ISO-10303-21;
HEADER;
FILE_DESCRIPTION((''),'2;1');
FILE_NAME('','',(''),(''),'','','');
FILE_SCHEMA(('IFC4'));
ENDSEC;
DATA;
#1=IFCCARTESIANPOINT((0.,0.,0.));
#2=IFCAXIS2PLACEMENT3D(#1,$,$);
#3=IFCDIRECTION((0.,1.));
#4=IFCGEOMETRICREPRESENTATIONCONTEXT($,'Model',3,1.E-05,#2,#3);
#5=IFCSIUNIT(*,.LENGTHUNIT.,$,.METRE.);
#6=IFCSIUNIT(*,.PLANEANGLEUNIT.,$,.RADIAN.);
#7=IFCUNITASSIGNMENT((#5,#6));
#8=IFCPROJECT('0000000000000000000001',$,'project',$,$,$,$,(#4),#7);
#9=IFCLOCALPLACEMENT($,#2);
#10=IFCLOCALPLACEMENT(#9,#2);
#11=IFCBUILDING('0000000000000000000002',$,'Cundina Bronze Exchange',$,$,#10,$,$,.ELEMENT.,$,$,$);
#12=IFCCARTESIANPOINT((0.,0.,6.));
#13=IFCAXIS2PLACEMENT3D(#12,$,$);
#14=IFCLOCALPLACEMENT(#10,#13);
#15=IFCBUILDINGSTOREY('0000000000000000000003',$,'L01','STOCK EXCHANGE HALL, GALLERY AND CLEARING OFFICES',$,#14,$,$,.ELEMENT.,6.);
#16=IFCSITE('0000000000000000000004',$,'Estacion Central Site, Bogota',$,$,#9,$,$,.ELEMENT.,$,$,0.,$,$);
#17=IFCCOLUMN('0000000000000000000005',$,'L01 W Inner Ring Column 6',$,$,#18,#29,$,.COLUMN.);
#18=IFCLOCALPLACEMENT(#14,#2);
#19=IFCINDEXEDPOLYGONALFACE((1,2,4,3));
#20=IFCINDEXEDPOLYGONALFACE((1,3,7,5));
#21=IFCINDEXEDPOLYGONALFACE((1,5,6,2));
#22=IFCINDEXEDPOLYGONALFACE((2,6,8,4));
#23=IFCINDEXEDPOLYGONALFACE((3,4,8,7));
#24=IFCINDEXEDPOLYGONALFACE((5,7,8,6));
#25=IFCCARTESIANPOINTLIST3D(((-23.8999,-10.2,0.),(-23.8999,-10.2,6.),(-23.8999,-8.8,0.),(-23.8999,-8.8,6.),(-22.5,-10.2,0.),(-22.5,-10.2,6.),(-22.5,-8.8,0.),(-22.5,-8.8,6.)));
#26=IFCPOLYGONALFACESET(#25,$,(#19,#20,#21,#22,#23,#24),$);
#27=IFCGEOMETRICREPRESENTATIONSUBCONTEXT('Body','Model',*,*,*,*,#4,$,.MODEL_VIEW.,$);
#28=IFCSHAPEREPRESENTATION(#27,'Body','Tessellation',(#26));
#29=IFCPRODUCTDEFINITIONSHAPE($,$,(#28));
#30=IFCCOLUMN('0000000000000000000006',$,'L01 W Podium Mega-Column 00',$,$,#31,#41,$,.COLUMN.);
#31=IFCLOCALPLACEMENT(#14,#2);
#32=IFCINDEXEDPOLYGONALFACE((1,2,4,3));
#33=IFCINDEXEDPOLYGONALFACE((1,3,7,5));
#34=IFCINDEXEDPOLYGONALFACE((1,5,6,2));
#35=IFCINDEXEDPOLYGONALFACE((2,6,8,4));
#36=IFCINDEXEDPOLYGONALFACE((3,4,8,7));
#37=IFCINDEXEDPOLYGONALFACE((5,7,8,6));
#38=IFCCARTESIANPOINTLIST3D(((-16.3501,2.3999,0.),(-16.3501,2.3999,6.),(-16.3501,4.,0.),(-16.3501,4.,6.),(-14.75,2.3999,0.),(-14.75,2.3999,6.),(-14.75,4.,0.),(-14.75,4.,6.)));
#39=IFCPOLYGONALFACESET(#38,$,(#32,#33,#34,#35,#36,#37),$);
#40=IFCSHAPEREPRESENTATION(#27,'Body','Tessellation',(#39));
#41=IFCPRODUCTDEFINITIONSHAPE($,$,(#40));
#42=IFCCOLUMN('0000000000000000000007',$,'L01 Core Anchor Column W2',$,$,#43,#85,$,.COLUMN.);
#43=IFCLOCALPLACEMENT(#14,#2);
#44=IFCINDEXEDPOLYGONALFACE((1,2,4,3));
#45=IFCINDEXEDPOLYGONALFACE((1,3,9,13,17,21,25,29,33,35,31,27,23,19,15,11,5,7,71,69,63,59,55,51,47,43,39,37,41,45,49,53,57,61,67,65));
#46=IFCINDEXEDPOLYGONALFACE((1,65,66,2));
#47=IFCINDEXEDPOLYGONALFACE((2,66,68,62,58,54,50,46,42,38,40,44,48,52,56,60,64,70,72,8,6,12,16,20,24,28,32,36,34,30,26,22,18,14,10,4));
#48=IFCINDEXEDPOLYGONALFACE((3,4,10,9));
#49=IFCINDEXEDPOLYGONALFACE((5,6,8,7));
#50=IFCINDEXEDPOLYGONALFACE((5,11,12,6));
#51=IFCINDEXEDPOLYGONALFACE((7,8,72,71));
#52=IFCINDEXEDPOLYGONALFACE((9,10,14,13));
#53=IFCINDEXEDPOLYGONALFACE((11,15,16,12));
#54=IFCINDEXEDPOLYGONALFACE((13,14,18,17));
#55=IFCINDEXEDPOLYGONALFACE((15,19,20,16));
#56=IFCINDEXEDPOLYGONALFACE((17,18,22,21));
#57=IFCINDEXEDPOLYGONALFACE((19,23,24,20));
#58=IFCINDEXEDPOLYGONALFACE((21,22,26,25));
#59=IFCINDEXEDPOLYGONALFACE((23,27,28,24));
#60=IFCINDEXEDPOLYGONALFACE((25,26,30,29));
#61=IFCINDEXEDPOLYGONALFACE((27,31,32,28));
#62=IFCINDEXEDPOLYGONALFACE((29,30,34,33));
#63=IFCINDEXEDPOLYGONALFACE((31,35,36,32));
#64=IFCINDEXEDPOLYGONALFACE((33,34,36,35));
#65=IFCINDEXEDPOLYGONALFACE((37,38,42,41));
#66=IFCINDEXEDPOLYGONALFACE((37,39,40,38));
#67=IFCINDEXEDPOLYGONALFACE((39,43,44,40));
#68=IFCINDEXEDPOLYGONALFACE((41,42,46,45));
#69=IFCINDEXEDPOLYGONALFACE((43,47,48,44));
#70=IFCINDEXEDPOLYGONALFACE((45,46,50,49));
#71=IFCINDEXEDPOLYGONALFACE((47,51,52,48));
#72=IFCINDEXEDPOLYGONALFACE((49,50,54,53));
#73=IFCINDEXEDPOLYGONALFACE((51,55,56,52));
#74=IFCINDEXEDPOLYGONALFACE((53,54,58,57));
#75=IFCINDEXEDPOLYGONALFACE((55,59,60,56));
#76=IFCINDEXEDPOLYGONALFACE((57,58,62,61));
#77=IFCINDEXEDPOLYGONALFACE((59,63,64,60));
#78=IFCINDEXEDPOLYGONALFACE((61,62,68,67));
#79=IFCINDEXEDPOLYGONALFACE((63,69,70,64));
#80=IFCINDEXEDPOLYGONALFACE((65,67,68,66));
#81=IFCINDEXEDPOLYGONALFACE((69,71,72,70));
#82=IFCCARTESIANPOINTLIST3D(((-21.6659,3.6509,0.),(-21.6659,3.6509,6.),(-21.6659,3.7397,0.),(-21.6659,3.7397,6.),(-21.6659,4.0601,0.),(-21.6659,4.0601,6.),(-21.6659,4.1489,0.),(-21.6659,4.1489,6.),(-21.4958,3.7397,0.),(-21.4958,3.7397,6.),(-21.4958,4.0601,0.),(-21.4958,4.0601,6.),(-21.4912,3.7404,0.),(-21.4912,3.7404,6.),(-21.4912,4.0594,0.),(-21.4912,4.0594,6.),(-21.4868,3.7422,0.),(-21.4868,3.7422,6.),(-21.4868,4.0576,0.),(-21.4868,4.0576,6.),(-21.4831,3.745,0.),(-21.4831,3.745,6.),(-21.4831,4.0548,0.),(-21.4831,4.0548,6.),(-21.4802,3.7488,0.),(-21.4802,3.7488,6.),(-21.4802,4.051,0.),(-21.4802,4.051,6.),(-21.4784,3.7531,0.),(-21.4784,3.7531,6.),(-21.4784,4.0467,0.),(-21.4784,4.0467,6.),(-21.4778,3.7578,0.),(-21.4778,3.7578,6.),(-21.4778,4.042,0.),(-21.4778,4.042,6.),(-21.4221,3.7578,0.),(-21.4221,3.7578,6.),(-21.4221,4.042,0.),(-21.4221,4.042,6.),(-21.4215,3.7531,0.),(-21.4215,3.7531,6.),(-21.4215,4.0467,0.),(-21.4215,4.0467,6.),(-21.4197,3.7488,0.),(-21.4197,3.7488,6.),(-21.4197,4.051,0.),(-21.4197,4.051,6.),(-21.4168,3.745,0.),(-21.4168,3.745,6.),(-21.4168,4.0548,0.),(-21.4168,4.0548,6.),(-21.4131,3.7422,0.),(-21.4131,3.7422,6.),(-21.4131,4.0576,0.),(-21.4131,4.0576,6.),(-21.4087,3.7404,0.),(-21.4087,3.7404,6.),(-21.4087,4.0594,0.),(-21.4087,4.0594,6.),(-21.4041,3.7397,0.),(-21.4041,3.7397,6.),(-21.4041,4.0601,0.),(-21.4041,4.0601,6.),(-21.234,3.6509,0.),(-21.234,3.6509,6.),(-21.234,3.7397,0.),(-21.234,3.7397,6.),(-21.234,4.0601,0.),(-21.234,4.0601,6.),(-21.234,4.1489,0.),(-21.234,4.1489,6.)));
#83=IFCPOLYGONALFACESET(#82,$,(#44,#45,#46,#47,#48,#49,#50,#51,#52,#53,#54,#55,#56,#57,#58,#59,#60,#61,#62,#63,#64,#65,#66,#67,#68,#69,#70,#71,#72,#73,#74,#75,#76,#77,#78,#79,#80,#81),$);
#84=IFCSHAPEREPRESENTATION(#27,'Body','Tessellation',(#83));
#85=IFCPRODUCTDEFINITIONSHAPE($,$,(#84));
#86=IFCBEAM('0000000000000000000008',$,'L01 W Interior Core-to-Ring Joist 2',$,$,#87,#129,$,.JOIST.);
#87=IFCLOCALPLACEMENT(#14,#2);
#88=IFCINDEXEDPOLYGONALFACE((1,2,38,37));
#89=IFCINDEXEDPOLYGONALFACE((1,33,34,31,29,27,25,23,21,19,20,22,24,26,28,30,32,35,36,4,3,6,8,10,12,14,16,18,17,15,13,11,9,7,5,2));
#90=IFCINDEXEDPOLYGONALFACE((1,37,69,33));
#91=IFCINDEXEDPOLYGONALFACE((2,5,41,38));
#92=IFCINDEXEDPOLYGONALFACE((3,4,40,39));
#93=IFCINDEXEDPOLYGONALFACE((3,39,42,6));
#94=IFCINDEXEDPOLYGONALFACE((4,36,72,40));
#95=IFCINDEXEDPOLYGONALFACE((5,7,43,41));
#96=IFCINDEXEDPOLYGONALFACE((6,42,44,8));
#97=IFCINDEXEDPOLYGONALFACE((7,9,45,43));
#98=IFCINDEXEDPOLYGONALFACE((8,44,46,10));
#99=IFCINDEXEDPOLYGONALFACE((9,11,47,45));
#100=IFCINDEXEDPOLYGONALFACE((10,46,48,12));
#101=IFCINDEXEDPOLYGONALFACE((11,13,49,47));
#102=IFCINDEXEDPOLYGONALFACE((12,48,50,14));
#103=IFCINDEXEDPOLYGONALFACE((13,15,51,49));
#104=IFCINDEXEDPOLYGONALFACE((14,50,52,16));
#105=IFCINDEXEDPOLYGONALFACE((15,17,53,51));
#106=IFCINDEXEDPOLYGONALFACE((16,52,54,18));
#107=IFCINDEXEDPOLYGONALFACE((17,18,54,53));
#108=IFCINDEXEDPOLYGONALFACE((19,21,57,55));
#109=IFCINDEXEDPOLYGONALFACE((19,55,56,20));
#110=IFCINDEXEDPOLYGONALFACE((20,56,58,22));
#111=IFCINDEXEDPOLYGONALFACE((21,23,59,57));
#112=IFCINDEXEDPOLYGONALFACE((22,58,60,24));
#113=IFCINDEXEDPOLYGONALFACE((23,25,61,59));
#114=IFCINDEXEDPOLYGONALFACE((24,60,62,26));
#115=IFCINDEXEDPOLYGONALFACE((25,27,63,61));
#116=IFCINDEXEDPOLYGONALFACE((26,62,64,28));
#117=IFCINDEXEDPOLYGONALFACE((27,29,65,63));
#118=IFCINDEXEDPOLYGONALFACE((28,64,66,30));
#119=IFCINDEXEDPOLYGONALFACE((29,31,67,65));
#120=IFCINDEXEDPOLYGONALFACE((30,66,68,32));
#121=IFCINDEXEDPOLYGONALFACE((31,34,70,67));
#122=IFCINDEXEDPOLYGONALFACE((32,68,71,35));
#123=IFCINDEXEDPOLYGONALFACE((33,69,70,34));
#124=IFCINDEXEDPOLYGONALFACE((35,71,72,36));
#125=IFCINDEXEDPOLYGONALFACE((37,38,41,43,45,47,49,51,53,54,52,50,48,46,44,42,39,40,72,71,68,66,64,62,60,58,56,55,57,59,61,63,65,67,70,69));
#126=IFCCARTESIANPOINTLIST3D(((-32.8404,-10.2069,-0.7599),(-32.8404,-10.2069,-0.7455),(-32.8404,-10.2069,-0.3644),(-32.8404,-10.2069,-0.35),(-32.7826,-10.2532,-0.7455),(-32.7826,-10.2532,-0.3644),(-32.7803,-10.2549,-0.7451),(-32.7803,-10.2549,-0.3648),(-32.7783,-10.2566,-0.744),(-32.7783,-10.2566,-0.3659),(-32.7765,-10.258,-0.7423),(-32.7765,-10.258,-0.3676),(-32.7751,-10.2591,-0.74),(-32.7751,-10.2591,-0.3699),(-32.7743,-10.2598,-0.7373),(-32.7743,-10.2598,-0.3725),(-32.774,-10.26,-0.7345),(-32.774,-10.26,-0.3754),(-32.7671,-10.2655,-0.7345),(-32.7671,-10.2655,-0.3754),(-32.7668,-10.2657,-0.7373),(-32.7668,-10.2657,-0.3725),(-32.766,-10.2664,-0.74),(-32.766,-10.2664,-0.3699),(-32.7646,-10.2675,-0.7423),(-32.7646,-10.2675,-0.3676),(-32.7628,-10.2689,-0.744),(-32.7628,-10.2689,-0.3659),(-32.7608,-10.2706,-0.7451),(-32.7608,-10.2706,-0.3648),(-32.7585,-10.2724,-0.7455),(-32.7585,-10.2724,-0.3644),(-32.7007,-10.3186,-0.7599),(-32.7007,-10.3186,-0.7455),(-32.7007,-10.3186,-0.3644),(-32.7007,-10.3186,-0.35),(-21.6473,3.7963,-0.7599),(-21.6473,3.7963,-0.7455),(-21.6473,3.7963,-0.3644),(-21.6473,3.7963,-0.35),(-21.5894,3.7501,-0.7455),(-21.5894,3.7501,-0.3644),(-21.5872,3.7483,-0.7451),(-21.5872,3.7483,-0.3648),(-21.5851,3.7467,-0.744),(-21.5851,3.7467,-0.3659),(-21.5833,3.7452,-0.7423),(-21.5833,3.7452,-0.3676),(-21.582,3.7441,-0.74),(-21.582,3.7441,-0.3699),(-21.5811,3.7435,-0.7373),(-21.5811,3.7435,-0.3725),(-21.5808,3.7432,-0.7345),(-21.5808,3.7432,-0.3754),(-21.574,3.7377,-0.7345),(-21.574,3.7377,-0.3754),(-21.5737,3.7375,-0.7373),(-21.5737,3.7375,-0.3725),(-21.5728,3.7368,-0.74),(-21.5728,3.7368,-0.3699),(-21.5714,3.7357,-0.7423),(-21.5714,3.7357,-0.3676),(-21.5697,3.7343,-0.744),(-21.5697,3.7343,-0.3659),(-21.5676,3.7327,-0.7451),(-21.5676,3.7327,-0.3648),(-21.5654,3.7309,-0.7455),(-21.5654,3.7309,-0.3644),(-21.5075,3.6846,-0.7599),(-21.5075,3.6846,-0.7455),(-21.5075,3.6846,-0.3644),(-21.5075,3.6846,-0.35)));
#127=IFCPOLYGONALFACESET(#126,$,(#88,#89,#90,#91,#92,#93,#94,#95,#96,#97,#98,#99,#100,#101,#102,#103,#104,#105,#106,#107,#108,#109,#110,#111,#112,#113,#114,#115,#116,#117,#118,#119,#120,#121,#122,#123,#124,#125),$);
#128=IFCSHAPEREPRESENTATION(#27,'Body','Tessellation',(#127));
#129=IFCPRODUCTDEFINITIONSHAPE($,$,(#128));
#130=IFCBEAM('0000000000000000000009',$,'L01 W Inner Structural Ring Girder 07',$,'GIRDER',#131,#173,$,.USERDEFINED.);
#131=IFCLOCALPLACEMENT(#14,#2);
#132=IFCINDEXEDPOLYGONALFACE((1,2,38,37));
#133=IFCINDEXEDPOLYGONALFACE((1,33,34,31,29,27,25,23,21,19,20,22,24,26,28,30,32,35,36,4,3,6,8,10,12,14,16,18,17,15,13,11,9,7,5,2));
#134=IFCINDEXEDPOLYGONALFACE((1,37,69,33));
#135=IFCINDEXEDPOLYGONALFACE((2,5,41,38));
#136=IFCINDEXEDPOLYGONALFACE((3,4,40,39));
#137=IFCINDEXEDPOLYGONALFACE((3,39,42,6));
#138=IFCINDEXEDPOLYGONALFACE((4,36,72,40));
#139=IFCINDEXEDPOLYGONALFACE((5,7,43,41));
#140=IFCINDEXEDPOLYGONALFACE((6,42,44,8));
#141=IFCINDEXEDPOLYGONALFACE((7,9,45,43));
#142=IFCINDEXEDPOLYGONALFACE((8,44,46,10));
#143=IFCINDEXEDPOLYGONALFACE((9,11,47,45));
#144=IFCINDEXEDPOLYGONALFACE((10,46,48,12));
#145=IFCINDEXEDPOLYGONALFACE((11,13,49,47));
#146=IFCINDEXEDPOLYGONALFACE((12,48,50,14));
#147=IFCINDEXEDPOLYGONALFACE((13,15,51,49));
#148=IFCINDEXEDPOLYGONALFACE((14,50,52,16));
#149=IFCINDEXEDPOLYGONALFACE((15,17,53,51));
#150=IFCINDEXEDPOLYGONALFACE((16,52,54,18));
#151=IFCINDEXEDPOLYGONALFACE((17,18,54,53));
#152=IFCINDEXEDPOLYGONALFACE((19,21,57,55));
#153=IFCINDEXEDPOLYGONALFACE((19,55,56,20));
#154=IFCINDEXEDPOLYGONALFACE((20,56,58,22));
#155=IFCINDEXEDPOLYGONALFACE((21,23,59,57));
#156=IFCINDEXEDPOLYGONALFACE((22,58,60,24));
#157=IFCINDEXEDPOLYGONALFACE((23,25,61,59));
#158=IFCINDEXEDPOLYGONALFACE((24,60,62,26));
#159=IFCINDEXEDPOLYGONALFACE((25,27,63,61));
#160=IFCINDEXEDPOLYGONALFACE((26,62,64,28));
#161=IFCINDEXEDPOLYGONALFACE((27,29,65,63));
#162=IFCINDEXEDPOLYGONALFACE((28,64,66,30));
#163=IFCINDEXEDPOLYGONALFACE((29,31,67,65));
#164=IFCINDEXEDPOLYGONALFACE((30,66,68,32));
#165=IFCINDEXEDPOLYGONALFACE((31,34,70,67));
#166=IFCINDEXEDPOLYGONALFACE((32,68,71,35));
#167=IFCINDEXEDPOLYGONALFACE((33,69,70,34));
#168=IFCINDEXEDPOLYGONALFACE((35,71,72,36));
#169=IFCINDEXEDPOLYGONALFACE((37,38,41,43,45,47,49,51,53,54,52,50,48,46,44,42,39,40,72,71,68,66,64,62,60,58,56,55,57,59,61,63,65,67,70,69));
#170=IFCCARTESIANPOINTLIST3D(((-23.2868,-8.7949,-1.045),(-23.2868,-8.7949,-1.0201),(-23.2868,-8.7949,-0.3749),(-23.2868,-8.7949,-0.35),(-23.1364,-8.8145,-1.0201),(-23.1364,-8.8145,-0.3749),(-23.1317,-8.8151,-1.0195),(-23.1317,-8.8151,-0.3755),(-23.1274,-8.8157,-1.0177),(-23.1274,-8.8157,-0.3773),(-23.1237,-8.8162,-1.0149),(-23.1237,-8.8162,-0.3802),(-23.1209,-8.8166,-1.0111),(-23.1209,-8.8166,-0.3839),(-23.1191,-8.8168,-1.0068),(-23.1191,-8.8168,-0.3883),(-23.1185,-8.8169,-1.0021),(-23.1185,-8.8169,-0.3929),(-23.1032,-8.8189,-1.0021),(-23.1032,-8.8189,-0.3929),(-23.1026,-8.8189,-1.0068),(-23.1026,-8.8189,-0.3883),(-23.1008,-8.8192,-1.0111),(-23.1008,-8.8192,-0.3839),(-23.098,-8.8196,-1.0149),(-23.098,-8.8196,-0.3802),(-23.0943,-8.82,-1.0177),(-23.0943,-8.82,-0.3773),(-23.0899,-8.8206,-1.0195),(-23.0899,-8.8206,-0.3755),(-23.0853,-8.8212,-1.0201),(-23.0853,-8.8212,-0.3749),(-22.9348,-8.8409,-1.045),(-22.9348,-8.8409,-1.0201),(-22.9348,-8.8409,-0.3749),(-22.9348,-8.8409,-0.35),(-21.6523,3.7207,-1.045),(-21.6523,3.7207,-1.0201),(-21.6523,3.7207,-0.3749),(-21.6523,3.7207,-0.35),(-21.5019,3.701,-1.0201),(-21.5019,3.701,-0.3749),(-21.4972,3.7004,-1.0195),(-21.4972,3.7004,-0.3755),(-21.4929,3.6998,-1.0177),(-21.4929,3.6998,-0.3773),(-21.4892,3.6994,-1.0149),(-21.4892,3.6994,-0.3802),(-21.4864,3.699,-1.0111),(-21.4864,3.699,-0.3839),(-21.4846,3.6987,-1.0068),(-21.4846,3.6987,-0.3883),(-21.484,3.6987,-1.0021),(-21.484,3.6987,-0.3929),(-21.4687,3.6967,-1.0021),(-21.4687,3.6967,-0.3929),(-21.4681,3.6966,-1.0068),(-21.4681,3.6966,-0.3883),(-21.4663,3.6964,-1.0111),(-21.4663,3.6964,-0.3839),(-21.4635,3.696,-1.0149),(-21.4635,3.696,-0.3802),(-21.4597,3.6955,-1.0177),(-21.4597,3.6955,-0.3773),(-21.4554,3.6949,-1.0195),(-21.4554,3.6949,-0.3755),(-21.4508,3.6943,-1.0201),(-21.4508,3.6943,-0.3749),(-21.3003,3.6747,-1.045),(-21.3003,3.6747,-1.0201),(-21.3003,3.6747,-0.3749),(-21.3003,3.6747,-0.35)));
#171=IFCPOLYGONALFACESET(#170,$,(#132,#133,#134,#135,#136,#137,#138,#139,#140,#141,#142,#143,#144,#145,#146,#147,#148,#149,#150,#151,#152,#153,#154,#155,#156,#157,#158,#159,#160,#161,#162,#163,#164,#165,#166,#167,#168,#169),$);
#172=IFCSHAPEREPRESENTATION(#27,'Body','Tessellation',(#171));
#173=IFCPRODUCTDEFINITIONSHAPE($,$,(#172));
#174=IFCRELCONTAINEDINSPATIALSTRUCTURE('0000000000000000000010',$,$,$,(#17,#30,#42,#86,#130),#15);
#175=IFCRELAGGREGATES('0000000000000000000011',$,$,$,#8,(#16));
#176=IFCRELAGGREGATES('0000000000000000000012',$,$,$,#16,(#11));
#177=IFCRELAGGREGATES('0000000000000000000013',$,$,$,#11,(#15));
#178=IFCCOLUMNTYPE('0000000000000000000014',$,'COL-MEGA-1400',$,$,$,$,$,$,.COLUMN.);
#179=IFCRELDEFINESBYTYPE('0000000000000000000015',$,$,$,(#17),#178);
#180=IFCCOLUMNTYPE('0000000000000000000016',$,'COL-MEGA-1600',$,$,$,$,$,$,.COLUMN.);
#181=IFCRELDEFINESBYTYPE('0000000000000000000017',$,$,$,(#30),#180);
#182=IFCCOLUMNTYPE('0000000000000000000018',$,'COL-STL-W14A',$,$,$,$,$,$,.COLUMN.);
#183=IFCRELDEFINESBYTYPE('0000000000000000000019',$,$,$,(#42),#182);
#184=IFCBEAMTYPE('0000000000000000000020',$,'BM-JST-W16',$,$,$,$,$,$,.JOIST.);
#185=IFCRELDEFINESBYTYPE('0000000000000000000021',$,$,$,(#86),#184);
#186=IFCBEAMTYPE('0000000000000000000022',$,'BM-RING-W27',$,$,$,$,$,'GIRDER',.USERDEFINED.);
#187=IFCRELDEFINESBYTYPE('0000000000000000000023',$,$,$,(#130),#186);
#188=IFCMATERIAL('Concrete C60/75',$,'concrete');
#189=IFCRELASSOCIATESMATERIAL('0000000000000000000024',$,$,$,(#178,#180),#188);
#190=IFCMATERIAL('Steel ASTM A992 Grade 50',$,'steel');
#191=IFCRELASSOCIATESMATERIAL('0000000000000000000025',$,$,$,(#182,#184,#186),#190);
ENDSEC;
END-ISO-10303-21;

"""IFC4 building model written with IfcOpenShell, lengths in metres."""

from ifc_helpers import new_model, si_unit, direction, frame, origin, origin_2d, place, context, subcontext, project, spatial, rectangle, i_section, extrude, material, material_profile, profile_set, type_object, element, save


model = new_model("IFC4")

# Units and contexts
model_context = context("Model", 3, precision=1e-05, world=origin(), true_north=direction((0.0, 1.0)))
body_context = subcontext(model_context, "Body", "Model", "MODEL_VIEW")
ifc_project = project(units=[si_unit("LENGTHUNIT", "METRE"), si_unit("PLANEANGLEUNIT", "RADIAN")], contexts=[model_context])

# Site, building, storey
site_placement = place(None, origin())
site = spatial("IfcSite", under=ifc_project, at=site_placement, Name="Estacion Central Site, Bogota", CompositionType="ELEMENT", RefElevation=0.0)
building_placement = place(site_placement, origin())
building = spatial("IfcBuilding", under=site, at=building_placement, Name="Cundina Bronze Exchange", CompositionType="ELEMENT")
storey_placement = place(building_placement, frame((0.0, 0.0, 6.0)))
storey = spatial("IfcBuildingStorey", under=building, at=storey_placement, Name="L01", Description="STOCK EXCHANGE HALL, GALLERY AND CLEARING OFFICES", CompositionType="ELEMENT", Elevation=6.0)

# Columns
ifc_material_1 = material(Name="Concrete C60/75", Category="concrete")
ifc_material_profile_1 = material_profile(ifc_material_1, rectangle(XDim=1.3999, YDim=1.3999, at=origin_2d()), Name="RC1400X1400", Category="concrete")
ifc_profile_set_1 = profile_set([ifc_material_profile_1], Name="Concrete C60/75")
column_type_1 = type_object("IfcColumnType", Name="COL-MEGA-1400", PredefinedType="COLUMN", material=ifc_profile_set_1)
column_1_placement = place(storey_placement, frame((-23.2, -9.5, 0.0), z_axis=(0.0, 0.0, 1.0), x_axis=(1.0, 0.0, 0.0)))
element("IfcColumn", 1, at=column_1_placement, inside=storey, type_object=column_type_1, Name="L01 W Inner Ring Column 6", PredefinedType="COLUMN", context=body_context, shape_type="SweptSolid", body=[
    extrude(rectangle(XDim=1.3999, YDim=1.3999, at=origin_2d()), origin(), (0.0, 0.0, 1.0), 6.0),
])
ifc_material_profile_2 = material_profile(ifc_material_1, rectangle(XDim=1.6001, YDim=1.6001, at=origin_2d()), Name="RC1600X1600", Category="concrete")
ifc_profile_set_2 = profile_set([ifc_material_profile_2], Name="Concrete C60/75")
column_type_2 = type_object("IfcColumnType", Name="COL-MEGA-1600", PredefinedType="COLUMN", material=ifc_profile_set_2)
column_2_placement = place(storey_placement, frame((-15.55, 3.2, 0.0), z_axis=(0.0, 0.0, 1.0), x_axis=(1.0, 0.0, 0.0)))
element("IfcColumn", 2, at=column_2_placement, inside=storey, type_object=column_type_2, Name="L01 W Podium Mega-Column 00", PredefinedType="COLUMN", context=body_context, shape_type="SweptSolid", body=[
    extrude(rectangle(XDim=1.6001, YDim=1.6001, at=origin_2d()), origin(), (0.0, 0.0, 1.0), 6.0),
])
ifc_material_2 = material(Name="Steel ASTM A992 Grade 50", Category="steel")
ifc_material_profile_3 = material_profile(ifc_material_2, i_section(OverallWidth=0.4319, OverallDepth=0.498, WebThickness=0.0557, FlangeThickness=0.0889, FilletRadius=0.0181, at=origin_2d()), Name="W14X500", Category="steel")
ifc_profile_set_3 = profile_set([ifc_material_profile_3], Name="Steel ASTM A992 Grade 50")
column_type_3 = type_object("IfcColumnType", Name="COL-STL-W14A", PredefinedType="COLUMN", material=ifc_profile_set_3)
column_3_placement = place(storey_placement, frame((-21.45, 3.8999, 0.0), z_axis=(0.0, 0.0, 1.0), x_axis=(1.0, 0.0, 0.0)))
element("IfcColumn", 3, at=column_3_placement, inside=storey, type_object=column_type_3, Name="L01 Core Anchor Column W2", PredefinedType="COLUMN", context=body_context, shape_type="SweptSolid", body=[
    extrude(i_section(OverallWidth=0.4319, OverallDepth=0.498, WebThickness=0.0557, FlangeThickness=0.0889, FilletRadius=0.0181, at=origin_2d()), origin(), (0.0, 0.0, 1.0), 6.0),
])

# Beams
ifc_material_profile_4 = material_profile(ifc_material_2, i_section(OverallWidth=0.179, OverallDepth=0.4099, WebThickness=0.0088, FlangeThickness=0.0144, FilletRadius=0.011, at=origin_2d()), Name="W16X45", Category="steel")
ifc_profile_set_4 = profile_set([ifc_material_profile_4], Name="Steel ASTM A992 Grade 50")
beam_type_1 = type_object("IfcBeamType", Name="BM-JST-W16", PredefinedType="JOIST", material=ifc_profile_set_4)
beam_1_placement = place(storey_placement, frame((-21.5774, 3.7405, -0.5549), z_axis=(-0.624374, -0.781125, 0.0), x_axis=(0.781125, -0.624374, 0.0)))
element("IfcBeam", 4, at=beam_1_placement, inside=storey, type_object=beam_type_1, Name="L01 W Interior Core-to-Ring Joist 2", PredefinedType="JOIST", context=body_context, shape_type="SweptSolid", body=[
    extrude(i_section(OverallWidth=0.179, OverallDepth=0.4099, WebThickness=0.0088, FlangeThickness=0.0144, FilletRadius=0.011, at=origin_2d()), origin(), (0.0, 0.0, 1.0), 17.927),
])
ifc_material_profile_5 = material_profile(ifc_material_2, i_section(OverallWidth=0.355, OverallDepth=0.6951, WebThickness=0.0154, FlangeThickness=0.0249, FilletRadius=0.0181, at=origin_2d()), Name="W27X146", Category="steel")
ifc_profile_set_5 = profile_set([ifc_material_profile_5], Name="Steel ASTM A992 Grade 50")
beam_type_2 = type_object("IfcBeamType", Name="BM-RING-W27", ElementType="GIRDER", PredefinedType="USERDEFINED", material=ifc_profile_set_5)
beam_2_placement = place(storey_placement, frame((-23.1108, -8.8179, -0.6975), z_axis=(0.129499, 0.99158, 0.0), x_axis=(-0.99158, 0.129499, 0.0)))
element("IfcBeam", 5, at=beam_2_placement, inside=storey, type_object=beam_type_2, Name="L01 W Inner Structural Ring Girder 07", ObjectType="GIRDER", PredefinedType="USERDEFINED", context=body_context, shape_type="SweptSolid", body=[
    extrude(i_section(OverallWidth=0.355, OverallDepth=0.6951, WebThickness=0.0154, FlangeThickness=0.0249, FilletRadius=0.0181, at=origin_2d()), origin(), (0.0, 0.0, 1.0), 12.6218),
])

save(model, "model.ifc")
